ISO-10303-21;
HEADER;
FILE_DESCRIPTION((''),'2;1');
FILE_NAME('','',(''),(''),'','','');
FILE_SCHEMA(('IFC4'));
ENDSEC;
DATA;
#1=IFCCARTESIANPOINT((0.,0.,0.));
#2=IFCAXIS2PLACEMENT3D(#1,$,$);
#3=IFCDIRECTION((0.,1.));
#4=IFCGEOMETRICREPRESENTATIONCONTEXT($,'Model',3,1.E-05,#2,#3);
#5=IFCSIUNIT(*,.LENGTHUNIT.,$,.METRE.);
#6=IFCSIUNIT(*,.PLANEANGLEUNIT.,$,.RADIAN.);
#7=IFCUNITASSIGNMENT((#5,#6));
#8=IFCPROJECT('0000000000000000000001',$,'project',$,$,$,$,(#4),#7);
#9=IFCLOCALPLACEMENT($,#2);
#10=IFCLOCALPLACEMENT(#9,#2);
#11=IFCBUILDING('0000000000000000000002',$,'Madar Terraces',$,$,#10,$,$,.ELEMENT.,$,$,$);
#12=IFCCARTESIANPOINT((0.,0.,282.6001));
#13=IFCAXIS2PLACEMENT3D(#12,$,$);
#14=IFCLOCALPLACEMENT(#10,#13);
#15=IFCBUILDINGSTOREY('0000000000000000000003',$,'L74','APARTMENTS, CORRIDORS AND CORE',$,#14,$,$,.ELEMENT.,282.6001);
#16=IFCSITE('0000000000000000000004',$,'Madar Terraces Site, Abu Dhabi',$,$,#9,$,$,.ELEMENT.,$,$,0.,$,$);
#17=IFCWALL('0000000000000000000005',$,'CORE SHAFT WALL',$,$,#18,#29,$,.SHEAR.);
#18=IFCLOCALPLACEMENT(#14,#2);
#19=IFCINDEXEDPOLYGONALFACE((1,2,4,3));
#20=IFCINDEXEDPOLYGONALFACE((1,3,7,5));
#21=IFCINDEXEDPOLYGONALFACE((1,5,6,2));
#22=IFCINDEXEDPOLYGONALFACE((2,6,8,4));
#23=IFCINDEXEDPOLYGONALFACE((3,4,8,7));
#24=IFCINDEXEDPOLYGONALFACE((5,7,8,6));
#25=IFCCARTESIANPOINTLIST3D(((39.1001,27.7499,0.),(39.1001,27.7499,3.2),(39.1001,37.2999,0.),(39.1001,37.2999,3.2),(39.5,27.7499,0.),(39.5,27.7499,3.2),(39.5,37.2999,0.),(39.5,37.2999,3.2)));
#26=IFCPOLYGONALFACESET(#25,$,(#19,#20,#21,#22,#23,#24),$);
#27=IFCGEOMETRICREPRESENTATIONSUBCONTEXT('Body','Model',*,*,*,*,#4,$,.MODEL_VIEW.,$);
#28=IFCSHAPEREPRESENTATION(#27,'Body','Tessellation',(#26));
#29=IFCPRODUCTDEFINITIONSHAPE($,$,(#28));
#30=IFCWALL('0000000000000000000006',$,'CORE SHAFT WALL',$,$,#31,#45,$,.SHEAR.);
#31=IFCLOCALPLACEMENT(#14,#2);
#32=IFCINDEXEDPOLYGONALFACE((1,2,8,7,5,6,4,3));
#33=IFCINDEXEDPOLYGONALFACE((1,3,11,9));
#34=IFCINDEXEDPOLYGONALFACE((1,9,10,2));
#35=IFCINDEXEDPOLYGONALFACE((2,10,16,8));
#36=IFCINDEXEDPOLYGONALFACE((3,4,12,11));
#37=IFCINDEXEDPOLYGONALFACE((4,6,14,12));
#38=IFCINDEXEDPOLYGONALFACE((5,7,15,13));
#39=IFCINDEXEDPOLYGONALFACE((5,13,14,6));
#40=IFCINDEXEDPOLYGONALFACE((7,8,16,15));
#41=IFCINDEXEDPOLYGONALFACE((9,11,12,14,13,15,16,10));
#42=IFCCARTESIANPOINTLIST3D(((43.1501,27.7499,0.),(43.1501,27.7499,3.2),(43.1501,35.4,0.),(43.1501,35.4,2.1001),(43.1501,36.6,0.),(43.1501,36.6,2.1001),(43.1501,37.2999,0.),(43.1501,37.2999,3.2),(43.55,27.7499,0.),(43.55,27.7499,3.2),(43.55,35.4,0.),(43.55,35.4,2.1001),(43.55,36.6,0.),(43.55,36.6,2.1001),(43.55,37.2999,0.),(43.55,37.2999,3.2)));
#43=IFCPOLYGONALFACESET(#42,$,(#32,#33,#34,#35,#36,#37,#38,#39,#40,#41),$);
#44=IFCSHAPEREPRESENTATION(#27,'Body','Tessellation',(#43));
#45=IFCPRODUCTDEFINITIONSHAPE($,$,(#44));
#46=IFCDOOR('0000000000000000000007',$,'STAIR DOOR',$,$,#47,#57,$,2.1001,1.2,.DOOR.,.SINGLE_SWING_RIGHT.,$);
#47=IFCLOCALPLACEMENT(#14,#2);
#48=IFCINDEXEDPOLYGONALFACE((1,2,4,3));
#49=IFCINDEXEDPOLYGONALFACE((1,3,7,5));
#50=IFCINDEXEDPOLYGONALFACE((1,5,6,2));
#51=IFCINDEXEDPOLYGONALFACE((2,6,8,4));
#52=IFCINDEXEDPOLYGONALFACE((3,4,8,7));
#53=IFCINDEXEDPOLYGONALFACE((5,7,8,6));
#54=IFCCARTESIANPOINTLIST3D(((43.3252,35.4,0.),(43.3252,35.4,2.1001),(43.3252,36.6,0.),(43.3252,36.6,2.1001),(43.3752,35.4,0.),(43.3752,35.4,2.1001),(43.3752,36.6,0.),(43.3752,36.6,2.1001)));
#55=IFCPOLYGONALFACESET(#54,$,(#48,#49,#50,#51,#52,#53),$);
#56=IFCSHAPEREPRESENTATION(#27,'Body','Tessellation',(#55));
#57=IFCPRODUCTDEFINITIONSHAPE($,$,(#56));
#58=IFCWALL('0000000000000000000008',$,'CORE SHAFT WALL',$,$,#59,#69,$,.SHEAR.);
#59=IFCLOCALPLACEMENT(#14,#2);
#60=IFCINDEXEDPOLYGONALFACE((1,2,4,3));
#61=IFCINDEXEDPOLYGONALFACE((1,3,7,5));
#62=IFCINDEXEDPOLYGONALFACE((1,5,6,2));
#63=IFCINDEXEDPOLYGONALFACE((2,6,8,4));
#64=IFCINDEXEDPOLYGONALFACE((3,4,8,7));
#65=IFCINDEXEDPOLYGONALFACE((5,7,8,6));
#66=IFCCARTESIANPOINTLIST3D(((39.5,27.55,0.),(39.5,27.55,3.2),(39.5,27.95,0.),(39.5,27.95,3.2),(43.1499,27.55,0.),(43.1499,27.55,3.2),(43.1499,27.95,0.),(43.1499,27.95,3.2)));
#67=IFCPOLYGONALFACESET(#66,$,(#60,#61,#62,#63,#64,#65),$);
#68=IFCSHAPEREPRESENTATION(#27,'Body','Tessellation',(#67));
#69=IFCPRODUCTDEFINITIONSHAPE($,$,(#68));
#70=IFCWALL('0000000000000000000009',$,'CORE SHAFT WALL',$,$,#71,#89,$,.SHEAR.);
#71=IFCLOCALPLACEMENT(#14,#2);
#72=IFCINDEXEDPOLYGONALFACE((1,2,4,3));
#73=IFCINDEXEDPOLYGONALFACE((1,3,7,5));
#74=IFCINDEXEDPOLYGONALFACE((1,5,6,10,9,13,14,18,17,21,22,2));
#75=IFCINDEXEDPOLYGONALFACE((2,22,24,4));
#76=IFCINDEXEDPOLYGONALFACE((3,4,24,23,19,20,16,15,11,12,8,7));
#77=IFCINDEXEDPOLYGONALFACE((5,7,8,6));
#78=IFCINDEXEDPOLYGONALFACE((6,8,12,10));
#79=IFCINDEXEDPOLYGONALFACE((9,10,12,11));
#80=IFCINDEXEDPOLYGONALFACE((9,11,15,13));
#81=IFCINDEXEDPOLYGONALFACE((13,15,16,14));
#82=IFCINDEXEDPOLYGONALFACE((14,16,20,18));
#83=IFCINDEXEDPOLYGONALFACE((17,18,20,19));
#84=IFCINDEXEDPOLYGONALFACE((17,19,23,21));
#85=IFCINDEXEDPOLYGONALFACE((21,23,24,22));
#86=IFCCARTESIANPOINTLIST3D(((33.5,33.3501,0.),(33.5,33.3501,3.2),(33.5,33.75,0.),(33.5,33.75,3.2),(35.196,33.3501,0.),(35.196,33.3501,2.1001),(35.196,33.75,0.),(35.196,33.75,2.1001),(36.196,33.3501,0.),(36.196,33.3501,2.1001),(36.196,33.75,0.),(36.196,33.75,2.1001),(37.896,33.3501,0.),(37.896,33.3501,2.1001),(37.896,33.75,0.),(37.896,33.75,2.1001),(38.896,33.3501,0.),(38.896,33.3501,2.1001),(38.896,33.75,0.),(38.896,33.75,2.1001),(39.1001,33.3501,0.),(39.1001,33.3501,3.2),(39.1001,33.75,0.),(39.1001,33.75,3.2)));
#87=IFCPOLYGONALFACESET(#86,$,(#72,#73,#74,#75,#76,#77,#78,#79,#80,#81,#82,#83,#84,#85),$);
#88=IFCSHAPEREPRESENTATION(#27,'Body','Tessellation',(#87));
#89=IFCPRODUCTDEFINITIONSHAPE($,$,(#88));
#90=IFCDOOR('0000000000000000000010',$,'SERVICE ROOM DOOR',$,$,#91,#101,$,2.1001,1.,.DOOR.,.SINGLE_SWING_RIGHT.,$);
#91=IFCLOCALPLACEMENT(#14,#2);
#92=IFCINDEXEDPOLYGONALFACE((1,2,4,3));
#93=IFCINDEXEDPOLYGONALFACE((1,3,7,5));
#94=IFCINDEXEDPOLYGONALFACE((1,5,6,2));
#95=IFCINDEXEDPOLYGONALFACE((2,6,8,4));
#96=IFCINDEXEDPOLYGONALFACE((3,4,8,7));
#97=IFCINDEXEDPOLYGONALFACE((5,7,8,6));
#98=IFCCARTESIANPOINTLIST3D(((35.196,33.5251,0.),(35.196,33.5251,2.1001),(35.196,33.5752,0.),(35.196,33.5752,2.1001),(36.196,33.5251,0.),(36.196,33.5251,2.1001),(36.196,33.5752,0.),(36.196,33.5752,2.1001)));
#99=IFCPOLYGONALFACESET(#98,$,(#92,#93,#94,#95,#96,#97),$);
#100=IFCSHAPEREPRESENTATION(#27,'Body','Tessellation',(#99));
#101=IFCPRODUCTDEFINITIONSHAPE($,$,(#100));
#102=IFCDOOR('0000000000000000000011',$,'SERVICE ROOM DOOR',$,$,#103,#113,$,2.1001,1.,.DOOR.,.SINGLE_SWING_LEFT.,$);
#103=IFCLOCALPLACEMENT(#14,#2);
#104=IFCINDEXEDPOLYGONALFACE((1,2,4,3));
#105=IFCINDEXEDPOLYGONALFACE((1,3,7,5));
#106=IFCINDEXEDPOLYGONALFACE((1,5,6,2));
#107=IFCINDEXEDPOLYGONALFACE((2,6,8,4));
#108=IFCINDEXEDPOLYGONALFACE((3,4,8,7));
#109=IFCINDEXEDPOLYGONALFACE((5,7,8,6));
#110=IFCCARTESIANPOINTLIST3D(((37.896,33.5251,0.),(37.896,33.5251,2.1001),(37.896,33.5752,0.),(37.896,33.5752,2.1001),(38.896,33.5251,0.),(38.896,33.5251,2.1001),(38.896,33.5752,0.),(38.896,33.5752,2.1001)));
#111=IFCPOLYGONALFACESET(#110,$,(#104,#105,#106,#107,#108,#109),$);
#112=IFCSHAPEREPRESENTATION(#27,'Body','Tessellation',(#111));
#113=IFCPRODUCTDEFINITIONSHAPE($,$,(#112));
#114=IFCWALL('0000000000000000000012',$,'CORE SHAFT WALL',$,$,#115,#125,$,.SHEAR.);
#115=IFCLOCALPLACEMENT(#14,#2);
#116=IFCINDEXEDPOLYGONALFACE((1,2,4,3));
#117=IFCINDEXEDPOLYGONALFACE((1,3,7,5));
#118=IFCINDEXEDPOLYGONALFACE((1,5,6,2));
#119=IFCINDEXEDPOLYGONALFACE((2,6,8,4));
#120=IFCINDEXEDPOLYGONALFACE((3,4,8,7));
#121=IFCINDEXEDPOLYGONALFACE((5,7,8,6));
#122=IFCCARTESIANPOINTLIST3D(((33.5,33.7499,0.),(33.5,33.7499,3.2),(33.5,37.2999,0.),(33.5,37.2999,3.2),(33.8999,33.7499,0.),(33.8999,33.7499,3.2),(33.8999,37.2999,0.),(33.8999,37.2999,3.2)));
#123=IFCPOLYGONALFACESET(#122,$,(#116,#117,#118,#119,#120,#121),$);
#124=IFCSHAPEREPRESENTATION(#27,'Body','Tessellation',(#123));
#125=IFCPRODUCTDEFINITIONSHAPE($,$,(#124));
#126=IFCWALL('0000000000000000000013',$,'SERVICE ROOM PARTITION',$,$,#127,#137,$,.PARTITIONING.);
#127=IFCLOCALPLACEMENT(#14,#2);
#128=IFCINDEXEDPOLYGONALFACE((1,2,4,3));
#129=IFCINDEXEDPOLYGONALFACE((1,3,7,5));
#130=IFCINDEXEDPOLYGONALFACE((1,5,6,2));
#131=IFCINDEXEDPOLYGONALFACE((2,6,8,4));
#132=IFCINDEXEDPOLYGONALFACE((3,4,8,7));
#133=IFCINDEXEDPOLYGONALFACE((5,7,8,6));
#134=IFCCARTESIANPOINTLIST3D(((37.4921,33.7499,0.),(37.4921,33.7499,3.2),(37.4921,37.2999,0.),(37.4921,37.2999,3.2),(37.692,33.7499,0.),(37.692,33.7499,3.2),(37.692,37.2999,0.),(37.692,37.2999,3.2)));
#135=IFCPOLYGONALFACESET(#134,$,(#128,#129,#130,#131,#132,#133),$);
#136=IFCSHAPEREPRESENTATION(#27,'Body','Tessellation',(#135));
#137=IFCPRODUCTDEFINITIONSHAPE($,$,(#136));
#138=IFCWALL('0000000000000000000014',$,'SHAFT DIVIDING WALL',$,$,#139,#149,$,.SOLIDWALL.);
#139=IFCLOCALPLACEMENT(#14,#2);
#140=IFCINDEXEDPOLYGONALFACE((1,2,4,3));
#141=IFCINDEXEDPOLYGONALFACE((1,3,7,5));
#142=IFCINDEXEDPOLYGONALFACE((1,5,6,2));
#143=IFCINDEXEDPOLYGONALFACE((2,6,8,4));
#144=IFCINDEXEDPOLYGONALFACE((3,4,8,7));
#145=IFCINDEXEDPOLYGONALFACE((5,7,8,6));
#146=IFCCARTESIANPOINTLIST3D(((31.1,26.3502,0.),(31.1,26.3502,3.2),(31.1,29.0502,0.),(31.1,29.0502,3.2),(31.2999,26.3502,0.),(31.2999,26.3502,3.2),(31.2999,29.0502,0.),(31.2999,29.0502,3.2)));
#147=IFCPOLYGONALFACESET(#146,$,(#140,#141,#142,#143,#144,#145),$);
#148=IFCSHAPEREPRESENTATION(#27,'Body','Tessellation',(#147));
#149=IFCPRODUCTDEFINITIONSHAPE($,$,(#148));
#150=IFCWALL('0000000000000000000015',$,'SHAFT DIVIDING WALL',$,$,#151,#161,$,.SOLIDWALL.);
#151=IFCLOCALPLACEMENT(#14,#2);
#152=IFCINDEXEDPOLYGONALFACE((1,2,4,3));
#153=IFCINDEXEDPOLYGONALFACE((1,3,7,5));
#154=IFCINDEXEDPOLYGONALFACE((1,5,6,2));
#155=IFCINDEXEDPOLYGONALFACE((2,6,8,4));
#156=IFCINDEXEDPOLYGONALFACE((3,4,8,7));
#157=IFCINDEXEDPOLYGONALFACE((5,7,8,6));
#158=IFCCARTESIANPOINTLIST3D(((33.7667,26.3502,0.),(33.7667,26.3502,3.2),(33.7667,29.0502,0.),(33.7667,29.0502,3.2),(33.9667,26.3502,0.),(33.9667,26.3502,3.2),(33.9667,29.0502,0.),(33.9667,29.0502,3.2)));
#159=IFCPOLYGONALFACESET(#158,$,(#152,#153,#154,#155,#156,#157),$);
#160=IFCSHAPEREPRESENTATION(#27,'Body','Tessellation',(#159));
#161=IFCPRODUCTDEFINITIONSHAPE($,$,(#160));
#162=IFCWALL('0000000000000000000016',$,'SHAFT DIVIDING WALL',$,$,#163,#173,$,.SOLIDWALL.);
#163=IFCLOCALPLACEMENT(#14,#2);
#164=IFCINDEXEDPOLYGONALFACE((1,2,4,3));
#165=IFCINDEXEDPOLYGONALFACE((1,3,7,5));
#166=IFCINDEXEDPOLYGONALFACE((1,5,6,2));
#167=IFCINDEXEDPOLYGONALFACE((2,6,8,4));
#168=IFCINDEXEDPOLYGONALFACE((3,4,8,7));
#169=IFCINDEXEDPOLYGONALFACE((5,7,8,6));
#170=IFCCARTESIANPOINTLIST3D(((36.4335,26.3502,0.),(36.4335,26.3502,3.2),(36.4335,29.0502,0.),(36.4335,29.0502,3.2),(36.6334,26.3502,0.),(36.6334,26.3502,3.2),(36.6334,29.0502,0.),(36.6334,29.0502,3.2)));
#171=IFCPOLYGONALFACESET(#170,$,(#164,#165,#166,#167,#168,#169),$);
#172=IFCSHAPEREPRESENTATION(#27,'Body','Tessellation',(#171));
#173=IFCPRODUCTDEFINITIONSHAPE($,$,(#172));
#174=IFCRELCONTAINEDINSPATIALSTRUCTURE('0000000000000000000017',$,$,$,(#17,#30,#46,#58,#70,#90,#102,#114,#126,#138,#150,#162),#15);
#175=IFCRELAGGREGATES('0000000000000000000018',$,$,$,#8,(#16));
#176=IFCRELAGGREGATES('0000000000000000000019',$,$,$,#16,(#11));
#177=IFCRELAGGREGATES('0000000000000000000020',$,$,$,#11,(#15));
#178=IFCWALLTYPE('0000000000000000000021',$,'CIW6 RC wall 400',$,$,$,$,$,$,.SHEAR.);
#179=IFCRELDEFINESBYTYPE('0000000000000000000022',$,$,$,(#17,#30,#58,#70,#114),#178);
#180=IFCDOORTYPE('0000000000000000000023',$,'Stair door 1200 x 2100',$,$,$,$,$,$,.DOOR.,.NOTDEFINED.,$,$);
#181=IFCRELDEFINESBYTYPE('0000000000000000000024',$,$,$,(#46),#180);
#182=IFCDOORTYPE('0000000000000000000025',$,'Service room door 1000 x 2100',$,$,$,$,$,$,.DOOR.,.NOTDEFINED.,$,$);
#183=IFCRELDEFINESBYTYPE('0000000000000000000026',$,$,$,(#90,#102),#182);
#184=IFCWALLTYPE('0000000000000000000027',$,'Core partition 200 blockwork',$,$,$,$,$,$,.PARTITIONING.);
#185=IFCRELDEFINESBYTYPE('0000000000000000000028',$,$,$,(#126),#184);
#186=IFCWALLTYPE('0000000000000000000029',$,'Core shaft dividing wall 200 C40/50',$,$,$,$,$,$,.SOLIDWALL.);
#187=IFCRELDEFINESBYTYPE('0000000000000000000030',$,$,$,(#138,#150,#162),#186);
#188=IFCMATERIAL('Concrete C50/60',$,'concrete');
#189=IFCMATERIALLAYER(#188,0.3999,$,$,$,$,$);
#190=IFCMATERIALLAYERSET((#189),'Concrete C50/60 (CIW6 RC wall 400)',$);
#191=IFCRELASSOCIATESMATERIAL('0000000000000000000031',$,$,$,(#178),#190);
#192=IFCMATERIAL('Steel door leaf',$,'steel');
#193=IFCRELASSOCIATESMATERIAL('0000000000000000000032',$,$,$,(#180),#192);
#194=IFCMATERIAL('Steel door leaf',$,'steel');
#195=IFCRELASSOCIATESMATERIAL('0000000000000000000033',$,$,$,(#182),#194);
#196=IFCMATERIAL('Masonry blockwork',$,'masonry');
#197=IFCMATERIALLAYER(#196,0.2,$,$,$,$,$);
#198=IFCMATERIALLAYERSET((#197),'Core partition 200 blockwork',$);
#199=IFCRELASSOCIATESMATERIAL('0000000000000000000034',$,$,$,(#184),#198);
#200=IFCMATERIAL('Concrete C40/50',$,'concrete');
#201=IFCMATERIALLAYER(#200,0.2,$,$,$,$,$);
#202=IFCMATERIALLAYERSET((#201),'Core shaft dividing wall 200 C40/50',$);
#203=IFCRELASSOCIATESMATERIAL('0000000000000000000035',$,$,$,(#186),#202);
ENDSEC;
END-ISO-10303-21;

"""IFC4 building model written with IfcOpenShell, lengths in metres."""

from ifc_helpers import new_model, si_unit, direction, frame, frame_2d, origin, place, context, subcontext, project, spatial, rectangle, extrude, material, layer, layer_set, type_object, element, fill, save


model = new_model("IFC4")

# Units and contexts
model_context = context("Model", 3, precision=1e-05, world=origin(), true_north=direction((0.0, 1.0)))
body_context = subcontext(model_context, "Body", "Model", "MODEL_VIEW")
ifc_project = project(units=[si_unit("LENGTHUNIT", "METRE"), si_unit("PLANEANGLEUNIT", "RADIAN")], contexts=[model_context])

# Site, building, storey
site_placement = place(None, origin())
site = spatial("IfcSite", under=ifc_project, at=site_placement, Name="Madar Terraces Site, Abu Dhabi", CompositionType="ELEMENT", RefElevation=0.0)
building_placement = place(site_placement, origin())
building = spatial("IfcBuilding", under=site, at=building_placement, Name="Madar Terraces", CompositionType="ELEMENT")
storey_placement = place(building_placement, frame((0.0, 0.0, 282.6001)))
storey = spatial("IfcBuildingStorey", under=building, at=storey_placement, Name="L74", Description="APARTMENTS, CORRIDORS AND CORE", CompositionType="ELEMENT", Elevation=282.6001)

# Wall
ifc_material_1 = material(Name="Concrete C50/60", Category="concrete")
ifc_layer_1 = layer(ifc_material_1, 0.3999)
ifc_layer_set_1 = layer_set([ifc_layer_1], Name="Concrete C50/60 (CIW6 RC wall 400)")
wall_type_1 = type_object("IfcWallType", Name="CIW6 RC wall 400", PredefinedType="SHEAR", material=ifc_layer_set_1)
wall_1_placement = place(storey_placement, frame((39.3, 27.75, 0.0), z_axis=(0.0, 0.0, 1.0), x_axis=(0.0, 1.0, 0.0)))
element("IfcWall", 1, at=wall_1_placement, inside=storey, type_object=wall_type_1, Name="CORE SHAFT WALL", PredefinedType="SHEAR", context=body_context, shape_type="SweptSolid", body=[
    extrude(rectangle(XDim=9.55, YDim=0.3999, at=frame_2d((4.7749, 0.0))), origin(), (0.0, 0.0, 1.0), 3.2),
])

# Wall, opening, door
wall_2_placement = place(storey_placement, frame((43.3501, 27.75, 0.0), z_axis=(0.0, 0.0, 1.0), x_axis=(0.0, 1.0, 0.0)))
wall_2 = element("IfcWall", 2, at=wall_2_placement, inside=storey, type_object=wall_type_1, Name="CORE SHAFT WALL", PredefinedType="SHEAR", context=body_context, shape_type="SweptSolid", body=[
    extrude(rectangle(XDim=9.55, YDim=0.3999, at=frame_2d((4.7749, 0.0))), origin(), (0.0, 0.0, 1.0), 3.2),
])
opening_1_placement = place(wall_2_placement, frame((7.6499, 0.0, 0.0)))
opening_1 = element("IfcOpeningElement", 3, at=opening_1_placement, cuts=wall_2, PredefinedType="OPENING", context=body_context, shape_type="SweptSolid", body=[
    extrude(rectangle(XDim=1.2, YDim=2.1001, at=frame_2d((0.6001, 1.05))), frame((0.0, 0.21, 0.0), z_axis=(0.0, -1.0, 0.0), x_axis=(1.0, 0.0, 0.0)), (0.0, 0.0, 1.0), 0.4199),
])
ifc_material_2 = material(Name="Steel door leaf", Category="steel")
door_type_1 = type_object("IfcDoorType", Name="Stair door 1200 x 2100", OperationType="NOTDEFINED", PredefinedType="DOOR", material=ifc_material_2)
door_1_placement = place(opening_1_placement, origin())
door_1 = element("IfcDoor", 4, at=door_1_placement, inside=storey, type_object=door_type_1, Name="STAIR DOOR", OperationType="SINGLE_SWING_RIGHT", OverallHeight=2.1001, OverallWidth=1.2, PredefinedType="DOOR", context=body_context, shape_type="SweptSolid", body=[
    extrude(rectangle(XDim=1.2, YDim=2.1001, at=frame_2d((0.6001, 1.05))), frame((0.0, 0.0249, 0.0), z_axis=(0.0, -1.0, 0.0), x_axis=(1.0, 0.0, 0.0)), (0.0, 0.0, 1.0), 0.05),
])
fill(opening_1, door_1)

# Wall
wall_3_placement = place(storey_placement, frame((39.5, 27.75, 0.0), z_axis=(0.0, 0.0, 1.0), x_axis=(1.0, 0.0, 0.0)))
element("IfcWall", 5, at=wall_3_placement, inside=storey, type_object=wall_type_1, Name="CORE SHAFT WALL", PredefinedType="SHEAR", context=body_context, shape_type="SweptSolid", body=[
    extrude(rectangle(XDim=3.6499, YDim=0.3999, at=frame_2d((1.825, 0.0))), origin(), (0.0, 0.0, 1.0), 3.2),
])

# Wall, openings, doors
wall_4_placement = place(storey_placement, frame((33.5, 33.55, 0.0), z_axis=(0.0, 0.0, 1.0), x_axis=(1.0, 0.0, 0.0)))
wall_4 = element("IfcWall", 6, at=wall_4_placement, inside=storey, type_object=wall_type_1, Name="CORE SHAFT WALL", PredefinedType="SHEAR", context=body_context, shape_type="SweptSolid", body=[
    extrude(rectangle(XDim=5.6001, YDim=0.3999, at=frame_2d((2.8, 0.0))), origin(), (0.0, 0.0, 1.0), 3.2),
])
opening_2_placement = place(wall_4_placement, frame((1.696, 0.0, 0.0)))
opening_2 = element("IfcOpeningElement", 7, at=opening_2_placement, cuts=wall_4, PredefinedType="OPENING", context=body_context, shape_type="SweptSolid", body=[
    extrude(rectangle(XDim=1.0, YDim=2.1001, at=frame_2d((0.5, 1.05))), frame((0.0, 0.21, 0.0), z_axis=(0.0, -1.0, 0.0), x_axis=(1.0, 0.0, 0.0)), (0.0, 0.0, 1.0), 0.4199),
])
opening_3_placement = place(wall_4_placement, frame((4.396, 0.0, 0.0)))
opening_3 = element("IfcOpeningElement", 8, at=opening_3_placement, cuts=wall_4, PredefinedType="OPENING", context=body_context, shape_type="SweptSolid", body=[
    extrude(rectangle(XDim=1.0, YDim=2.1001, at=frame_2d((0.5, 1.05))), frame((0.0, 0.21, 0.0), z_axis=(0.0, -1.0, 0.0), x_axis=(1.0, 0.0, 0.0)), (0.0, 0.0, 1.0), 0.4199),
])
ifc_material_3 = material(Name="Steel door leaf", Category="steel")
door_type_2 = type_object("IfcDoorType", Name="Service room door 1000 x 2100", OperationType="NOTDEFINED", PredefinedType="DOOR", material=ifc_material_3)
door_2_placement = place(opening_2_placement, frame((1.0, 0.0, 0.0), z_axis=(0.0, 0.0, 1.0), x_axis=(-1.0, 0.0, 0.0)))
door_2 = element("IfcDoor", 9, at=door_2_placement, inside=storey, type_object=door_type_2, Name="SERVICE ROOM DOOR", OperationType="SINGLE_SWING_RIGHT", OverallHeight=2.1001, OverallWidth=1.0, PredefinedType="DOOR", context=body_context, shape_type="SweptSolid", body=[
    extrude(rectangle(XDim=1.0, YDim=2.1001, at=frame_2d((0.5, 1.05))), frame((0.0, 0.0249, 0.0), z_axis=(0.0, -1.0, 0.0), x_axis=(1.0, 0.0, 0.0)), (0.0, 0.0, 1.0), 0.05),
])
fill(opening_2, door_2)
door_3_placement = place(opening_3_placement, frame((1.0, 0.0, 0.0), z_axis=(0.0, 0.0, 1.0), x_axis=(-1.0, 0.0, 0.0)))
door_3 = element("IfcDoor", 10, at=door_3_placement, inside=storey, type_object=door_type_2, Name="SERVICE ROOM DOOR", OperationType="SINGLE_SWING_LEFT", OverallHeight=2.1001, OverallWidth=1.0, PredefinedType="DOOR", context=body_context, shape_type="SweptSolid", body=[
    extrude(rectangle(XDim=1.0, YDim=2.1001, at=frame_2d((0.5, 1.05))), frame((0.0, 0.0249, 0.0), z_axis=(0.0, -1.0, 0.0), x_axis=(1.0, 0.0, 0.0)), (0.0, 0.0, 1.0), 0.05),
])
fill(opening_3, door_3)

# Walls
wall_5_placement = place(storey_placement, frame((33.7, 33.75, 0.0), z_axis=(0.0, 0.0, 1.0), x_axis=(0.0, 1.0, 0.0)))
element("IfcWall", 11, at=wall_5_placement, inside=storey, type_object=wall_type_1, Name="CORE SHAFT WALL", PredefinedType="SHEAR", context=body_context, shape_type="SweptSolid", body=[
    extrude(rectangle(XDim=3.55, YDim=0.3999, at=frame_2d((1.7749, 0.0))), origin(), (0.0, 0.0, 1.0), 3.2),
])
ifc_material_4 = material(Name="Masonry blockwork", Category="masonry")
ifc_layer_2 = layer(ifc_material_4, 0.2)
ifc_layer_set_2 = layer_set([ifc_layer_2], Name="Core partition 200 blockwork")
wall_type_2 = type_object("IfcWallType", Name="Core partition 200 blockwork", PredefinedType="PARTITIONING", material=ifc_layer_set_2)
wall_6_placement = place(storey_placement, frame((37.592, 33.75, 0.0), z_axis=(0.0, 0.0, 1.0), x_axis=(0.0, 1.0, 0.0)))
element("IfcWall", 12, at=wall_6_placement, inside=storey, type_object=wall_type_2, Name="SERVICE ROOM PARTITION", PredefinedType="PARTITIONING", context=body_context, shape_type="SweptSolid", body=[
    extrude(rectangle(XDim=3.55, YDim=0.2, at=frame_2d((1.7749, 0.0))), origin(), (0.0, 0.0, 1.0), 3.2),
])
ifc_material_5 = material(Name="Concrete C40/50", Category="concrete")
ifc_layer_3 = layer(ifc_material_5, 0.2)
ifc_layer_set_3 = layer_set([ifc_layer_3], Name="Core shaft dividing wall 200 C40/50")
wall_type_3 = type_object("IfcWallType", Name="Core shaft dividing wall 200 C40/50", PredefinedType="SOLIDWALL", material=ifc_layer_set_3)
for number, where, z_axis, x_axis, name in (
    (13, (31.2, 26.3501, 0.0), (0.0, 0.0, 1.0), (0.0, 1.0, 0.0), "SHAFT DIVIDING WALL"),
    (14, (33.8667, 26.3501, 0.0), (0.0, 0.0, 1.0), (0.0, 1.0, 0.0), "SHAFT DIVIDING WALL"),
    (15, (36.5334, 26.3501, 0.0), (0.0, 0.0, 1.0), (0.0, 1.0, 0.0), "SHAFT DIVIDING WALL"),
):
    element("IfcWall", number, at=place(storey_placement, frame(where, z_axis=z_axis, x_axis=x_axis)), inside=storey, type_object=wall_type_3, Name=name, PredefinedType="SOLIDWALL", context=body_context, shape_type="SweptSolid", body=[
        extrude(rectangle(XDim=2.7, YDim=0.2, at=frame_2d((1.3501, 0.0))), origin(), (0.0, 0.0, 1.0), 3.2),
    ])

save(model, "model.ifc")
